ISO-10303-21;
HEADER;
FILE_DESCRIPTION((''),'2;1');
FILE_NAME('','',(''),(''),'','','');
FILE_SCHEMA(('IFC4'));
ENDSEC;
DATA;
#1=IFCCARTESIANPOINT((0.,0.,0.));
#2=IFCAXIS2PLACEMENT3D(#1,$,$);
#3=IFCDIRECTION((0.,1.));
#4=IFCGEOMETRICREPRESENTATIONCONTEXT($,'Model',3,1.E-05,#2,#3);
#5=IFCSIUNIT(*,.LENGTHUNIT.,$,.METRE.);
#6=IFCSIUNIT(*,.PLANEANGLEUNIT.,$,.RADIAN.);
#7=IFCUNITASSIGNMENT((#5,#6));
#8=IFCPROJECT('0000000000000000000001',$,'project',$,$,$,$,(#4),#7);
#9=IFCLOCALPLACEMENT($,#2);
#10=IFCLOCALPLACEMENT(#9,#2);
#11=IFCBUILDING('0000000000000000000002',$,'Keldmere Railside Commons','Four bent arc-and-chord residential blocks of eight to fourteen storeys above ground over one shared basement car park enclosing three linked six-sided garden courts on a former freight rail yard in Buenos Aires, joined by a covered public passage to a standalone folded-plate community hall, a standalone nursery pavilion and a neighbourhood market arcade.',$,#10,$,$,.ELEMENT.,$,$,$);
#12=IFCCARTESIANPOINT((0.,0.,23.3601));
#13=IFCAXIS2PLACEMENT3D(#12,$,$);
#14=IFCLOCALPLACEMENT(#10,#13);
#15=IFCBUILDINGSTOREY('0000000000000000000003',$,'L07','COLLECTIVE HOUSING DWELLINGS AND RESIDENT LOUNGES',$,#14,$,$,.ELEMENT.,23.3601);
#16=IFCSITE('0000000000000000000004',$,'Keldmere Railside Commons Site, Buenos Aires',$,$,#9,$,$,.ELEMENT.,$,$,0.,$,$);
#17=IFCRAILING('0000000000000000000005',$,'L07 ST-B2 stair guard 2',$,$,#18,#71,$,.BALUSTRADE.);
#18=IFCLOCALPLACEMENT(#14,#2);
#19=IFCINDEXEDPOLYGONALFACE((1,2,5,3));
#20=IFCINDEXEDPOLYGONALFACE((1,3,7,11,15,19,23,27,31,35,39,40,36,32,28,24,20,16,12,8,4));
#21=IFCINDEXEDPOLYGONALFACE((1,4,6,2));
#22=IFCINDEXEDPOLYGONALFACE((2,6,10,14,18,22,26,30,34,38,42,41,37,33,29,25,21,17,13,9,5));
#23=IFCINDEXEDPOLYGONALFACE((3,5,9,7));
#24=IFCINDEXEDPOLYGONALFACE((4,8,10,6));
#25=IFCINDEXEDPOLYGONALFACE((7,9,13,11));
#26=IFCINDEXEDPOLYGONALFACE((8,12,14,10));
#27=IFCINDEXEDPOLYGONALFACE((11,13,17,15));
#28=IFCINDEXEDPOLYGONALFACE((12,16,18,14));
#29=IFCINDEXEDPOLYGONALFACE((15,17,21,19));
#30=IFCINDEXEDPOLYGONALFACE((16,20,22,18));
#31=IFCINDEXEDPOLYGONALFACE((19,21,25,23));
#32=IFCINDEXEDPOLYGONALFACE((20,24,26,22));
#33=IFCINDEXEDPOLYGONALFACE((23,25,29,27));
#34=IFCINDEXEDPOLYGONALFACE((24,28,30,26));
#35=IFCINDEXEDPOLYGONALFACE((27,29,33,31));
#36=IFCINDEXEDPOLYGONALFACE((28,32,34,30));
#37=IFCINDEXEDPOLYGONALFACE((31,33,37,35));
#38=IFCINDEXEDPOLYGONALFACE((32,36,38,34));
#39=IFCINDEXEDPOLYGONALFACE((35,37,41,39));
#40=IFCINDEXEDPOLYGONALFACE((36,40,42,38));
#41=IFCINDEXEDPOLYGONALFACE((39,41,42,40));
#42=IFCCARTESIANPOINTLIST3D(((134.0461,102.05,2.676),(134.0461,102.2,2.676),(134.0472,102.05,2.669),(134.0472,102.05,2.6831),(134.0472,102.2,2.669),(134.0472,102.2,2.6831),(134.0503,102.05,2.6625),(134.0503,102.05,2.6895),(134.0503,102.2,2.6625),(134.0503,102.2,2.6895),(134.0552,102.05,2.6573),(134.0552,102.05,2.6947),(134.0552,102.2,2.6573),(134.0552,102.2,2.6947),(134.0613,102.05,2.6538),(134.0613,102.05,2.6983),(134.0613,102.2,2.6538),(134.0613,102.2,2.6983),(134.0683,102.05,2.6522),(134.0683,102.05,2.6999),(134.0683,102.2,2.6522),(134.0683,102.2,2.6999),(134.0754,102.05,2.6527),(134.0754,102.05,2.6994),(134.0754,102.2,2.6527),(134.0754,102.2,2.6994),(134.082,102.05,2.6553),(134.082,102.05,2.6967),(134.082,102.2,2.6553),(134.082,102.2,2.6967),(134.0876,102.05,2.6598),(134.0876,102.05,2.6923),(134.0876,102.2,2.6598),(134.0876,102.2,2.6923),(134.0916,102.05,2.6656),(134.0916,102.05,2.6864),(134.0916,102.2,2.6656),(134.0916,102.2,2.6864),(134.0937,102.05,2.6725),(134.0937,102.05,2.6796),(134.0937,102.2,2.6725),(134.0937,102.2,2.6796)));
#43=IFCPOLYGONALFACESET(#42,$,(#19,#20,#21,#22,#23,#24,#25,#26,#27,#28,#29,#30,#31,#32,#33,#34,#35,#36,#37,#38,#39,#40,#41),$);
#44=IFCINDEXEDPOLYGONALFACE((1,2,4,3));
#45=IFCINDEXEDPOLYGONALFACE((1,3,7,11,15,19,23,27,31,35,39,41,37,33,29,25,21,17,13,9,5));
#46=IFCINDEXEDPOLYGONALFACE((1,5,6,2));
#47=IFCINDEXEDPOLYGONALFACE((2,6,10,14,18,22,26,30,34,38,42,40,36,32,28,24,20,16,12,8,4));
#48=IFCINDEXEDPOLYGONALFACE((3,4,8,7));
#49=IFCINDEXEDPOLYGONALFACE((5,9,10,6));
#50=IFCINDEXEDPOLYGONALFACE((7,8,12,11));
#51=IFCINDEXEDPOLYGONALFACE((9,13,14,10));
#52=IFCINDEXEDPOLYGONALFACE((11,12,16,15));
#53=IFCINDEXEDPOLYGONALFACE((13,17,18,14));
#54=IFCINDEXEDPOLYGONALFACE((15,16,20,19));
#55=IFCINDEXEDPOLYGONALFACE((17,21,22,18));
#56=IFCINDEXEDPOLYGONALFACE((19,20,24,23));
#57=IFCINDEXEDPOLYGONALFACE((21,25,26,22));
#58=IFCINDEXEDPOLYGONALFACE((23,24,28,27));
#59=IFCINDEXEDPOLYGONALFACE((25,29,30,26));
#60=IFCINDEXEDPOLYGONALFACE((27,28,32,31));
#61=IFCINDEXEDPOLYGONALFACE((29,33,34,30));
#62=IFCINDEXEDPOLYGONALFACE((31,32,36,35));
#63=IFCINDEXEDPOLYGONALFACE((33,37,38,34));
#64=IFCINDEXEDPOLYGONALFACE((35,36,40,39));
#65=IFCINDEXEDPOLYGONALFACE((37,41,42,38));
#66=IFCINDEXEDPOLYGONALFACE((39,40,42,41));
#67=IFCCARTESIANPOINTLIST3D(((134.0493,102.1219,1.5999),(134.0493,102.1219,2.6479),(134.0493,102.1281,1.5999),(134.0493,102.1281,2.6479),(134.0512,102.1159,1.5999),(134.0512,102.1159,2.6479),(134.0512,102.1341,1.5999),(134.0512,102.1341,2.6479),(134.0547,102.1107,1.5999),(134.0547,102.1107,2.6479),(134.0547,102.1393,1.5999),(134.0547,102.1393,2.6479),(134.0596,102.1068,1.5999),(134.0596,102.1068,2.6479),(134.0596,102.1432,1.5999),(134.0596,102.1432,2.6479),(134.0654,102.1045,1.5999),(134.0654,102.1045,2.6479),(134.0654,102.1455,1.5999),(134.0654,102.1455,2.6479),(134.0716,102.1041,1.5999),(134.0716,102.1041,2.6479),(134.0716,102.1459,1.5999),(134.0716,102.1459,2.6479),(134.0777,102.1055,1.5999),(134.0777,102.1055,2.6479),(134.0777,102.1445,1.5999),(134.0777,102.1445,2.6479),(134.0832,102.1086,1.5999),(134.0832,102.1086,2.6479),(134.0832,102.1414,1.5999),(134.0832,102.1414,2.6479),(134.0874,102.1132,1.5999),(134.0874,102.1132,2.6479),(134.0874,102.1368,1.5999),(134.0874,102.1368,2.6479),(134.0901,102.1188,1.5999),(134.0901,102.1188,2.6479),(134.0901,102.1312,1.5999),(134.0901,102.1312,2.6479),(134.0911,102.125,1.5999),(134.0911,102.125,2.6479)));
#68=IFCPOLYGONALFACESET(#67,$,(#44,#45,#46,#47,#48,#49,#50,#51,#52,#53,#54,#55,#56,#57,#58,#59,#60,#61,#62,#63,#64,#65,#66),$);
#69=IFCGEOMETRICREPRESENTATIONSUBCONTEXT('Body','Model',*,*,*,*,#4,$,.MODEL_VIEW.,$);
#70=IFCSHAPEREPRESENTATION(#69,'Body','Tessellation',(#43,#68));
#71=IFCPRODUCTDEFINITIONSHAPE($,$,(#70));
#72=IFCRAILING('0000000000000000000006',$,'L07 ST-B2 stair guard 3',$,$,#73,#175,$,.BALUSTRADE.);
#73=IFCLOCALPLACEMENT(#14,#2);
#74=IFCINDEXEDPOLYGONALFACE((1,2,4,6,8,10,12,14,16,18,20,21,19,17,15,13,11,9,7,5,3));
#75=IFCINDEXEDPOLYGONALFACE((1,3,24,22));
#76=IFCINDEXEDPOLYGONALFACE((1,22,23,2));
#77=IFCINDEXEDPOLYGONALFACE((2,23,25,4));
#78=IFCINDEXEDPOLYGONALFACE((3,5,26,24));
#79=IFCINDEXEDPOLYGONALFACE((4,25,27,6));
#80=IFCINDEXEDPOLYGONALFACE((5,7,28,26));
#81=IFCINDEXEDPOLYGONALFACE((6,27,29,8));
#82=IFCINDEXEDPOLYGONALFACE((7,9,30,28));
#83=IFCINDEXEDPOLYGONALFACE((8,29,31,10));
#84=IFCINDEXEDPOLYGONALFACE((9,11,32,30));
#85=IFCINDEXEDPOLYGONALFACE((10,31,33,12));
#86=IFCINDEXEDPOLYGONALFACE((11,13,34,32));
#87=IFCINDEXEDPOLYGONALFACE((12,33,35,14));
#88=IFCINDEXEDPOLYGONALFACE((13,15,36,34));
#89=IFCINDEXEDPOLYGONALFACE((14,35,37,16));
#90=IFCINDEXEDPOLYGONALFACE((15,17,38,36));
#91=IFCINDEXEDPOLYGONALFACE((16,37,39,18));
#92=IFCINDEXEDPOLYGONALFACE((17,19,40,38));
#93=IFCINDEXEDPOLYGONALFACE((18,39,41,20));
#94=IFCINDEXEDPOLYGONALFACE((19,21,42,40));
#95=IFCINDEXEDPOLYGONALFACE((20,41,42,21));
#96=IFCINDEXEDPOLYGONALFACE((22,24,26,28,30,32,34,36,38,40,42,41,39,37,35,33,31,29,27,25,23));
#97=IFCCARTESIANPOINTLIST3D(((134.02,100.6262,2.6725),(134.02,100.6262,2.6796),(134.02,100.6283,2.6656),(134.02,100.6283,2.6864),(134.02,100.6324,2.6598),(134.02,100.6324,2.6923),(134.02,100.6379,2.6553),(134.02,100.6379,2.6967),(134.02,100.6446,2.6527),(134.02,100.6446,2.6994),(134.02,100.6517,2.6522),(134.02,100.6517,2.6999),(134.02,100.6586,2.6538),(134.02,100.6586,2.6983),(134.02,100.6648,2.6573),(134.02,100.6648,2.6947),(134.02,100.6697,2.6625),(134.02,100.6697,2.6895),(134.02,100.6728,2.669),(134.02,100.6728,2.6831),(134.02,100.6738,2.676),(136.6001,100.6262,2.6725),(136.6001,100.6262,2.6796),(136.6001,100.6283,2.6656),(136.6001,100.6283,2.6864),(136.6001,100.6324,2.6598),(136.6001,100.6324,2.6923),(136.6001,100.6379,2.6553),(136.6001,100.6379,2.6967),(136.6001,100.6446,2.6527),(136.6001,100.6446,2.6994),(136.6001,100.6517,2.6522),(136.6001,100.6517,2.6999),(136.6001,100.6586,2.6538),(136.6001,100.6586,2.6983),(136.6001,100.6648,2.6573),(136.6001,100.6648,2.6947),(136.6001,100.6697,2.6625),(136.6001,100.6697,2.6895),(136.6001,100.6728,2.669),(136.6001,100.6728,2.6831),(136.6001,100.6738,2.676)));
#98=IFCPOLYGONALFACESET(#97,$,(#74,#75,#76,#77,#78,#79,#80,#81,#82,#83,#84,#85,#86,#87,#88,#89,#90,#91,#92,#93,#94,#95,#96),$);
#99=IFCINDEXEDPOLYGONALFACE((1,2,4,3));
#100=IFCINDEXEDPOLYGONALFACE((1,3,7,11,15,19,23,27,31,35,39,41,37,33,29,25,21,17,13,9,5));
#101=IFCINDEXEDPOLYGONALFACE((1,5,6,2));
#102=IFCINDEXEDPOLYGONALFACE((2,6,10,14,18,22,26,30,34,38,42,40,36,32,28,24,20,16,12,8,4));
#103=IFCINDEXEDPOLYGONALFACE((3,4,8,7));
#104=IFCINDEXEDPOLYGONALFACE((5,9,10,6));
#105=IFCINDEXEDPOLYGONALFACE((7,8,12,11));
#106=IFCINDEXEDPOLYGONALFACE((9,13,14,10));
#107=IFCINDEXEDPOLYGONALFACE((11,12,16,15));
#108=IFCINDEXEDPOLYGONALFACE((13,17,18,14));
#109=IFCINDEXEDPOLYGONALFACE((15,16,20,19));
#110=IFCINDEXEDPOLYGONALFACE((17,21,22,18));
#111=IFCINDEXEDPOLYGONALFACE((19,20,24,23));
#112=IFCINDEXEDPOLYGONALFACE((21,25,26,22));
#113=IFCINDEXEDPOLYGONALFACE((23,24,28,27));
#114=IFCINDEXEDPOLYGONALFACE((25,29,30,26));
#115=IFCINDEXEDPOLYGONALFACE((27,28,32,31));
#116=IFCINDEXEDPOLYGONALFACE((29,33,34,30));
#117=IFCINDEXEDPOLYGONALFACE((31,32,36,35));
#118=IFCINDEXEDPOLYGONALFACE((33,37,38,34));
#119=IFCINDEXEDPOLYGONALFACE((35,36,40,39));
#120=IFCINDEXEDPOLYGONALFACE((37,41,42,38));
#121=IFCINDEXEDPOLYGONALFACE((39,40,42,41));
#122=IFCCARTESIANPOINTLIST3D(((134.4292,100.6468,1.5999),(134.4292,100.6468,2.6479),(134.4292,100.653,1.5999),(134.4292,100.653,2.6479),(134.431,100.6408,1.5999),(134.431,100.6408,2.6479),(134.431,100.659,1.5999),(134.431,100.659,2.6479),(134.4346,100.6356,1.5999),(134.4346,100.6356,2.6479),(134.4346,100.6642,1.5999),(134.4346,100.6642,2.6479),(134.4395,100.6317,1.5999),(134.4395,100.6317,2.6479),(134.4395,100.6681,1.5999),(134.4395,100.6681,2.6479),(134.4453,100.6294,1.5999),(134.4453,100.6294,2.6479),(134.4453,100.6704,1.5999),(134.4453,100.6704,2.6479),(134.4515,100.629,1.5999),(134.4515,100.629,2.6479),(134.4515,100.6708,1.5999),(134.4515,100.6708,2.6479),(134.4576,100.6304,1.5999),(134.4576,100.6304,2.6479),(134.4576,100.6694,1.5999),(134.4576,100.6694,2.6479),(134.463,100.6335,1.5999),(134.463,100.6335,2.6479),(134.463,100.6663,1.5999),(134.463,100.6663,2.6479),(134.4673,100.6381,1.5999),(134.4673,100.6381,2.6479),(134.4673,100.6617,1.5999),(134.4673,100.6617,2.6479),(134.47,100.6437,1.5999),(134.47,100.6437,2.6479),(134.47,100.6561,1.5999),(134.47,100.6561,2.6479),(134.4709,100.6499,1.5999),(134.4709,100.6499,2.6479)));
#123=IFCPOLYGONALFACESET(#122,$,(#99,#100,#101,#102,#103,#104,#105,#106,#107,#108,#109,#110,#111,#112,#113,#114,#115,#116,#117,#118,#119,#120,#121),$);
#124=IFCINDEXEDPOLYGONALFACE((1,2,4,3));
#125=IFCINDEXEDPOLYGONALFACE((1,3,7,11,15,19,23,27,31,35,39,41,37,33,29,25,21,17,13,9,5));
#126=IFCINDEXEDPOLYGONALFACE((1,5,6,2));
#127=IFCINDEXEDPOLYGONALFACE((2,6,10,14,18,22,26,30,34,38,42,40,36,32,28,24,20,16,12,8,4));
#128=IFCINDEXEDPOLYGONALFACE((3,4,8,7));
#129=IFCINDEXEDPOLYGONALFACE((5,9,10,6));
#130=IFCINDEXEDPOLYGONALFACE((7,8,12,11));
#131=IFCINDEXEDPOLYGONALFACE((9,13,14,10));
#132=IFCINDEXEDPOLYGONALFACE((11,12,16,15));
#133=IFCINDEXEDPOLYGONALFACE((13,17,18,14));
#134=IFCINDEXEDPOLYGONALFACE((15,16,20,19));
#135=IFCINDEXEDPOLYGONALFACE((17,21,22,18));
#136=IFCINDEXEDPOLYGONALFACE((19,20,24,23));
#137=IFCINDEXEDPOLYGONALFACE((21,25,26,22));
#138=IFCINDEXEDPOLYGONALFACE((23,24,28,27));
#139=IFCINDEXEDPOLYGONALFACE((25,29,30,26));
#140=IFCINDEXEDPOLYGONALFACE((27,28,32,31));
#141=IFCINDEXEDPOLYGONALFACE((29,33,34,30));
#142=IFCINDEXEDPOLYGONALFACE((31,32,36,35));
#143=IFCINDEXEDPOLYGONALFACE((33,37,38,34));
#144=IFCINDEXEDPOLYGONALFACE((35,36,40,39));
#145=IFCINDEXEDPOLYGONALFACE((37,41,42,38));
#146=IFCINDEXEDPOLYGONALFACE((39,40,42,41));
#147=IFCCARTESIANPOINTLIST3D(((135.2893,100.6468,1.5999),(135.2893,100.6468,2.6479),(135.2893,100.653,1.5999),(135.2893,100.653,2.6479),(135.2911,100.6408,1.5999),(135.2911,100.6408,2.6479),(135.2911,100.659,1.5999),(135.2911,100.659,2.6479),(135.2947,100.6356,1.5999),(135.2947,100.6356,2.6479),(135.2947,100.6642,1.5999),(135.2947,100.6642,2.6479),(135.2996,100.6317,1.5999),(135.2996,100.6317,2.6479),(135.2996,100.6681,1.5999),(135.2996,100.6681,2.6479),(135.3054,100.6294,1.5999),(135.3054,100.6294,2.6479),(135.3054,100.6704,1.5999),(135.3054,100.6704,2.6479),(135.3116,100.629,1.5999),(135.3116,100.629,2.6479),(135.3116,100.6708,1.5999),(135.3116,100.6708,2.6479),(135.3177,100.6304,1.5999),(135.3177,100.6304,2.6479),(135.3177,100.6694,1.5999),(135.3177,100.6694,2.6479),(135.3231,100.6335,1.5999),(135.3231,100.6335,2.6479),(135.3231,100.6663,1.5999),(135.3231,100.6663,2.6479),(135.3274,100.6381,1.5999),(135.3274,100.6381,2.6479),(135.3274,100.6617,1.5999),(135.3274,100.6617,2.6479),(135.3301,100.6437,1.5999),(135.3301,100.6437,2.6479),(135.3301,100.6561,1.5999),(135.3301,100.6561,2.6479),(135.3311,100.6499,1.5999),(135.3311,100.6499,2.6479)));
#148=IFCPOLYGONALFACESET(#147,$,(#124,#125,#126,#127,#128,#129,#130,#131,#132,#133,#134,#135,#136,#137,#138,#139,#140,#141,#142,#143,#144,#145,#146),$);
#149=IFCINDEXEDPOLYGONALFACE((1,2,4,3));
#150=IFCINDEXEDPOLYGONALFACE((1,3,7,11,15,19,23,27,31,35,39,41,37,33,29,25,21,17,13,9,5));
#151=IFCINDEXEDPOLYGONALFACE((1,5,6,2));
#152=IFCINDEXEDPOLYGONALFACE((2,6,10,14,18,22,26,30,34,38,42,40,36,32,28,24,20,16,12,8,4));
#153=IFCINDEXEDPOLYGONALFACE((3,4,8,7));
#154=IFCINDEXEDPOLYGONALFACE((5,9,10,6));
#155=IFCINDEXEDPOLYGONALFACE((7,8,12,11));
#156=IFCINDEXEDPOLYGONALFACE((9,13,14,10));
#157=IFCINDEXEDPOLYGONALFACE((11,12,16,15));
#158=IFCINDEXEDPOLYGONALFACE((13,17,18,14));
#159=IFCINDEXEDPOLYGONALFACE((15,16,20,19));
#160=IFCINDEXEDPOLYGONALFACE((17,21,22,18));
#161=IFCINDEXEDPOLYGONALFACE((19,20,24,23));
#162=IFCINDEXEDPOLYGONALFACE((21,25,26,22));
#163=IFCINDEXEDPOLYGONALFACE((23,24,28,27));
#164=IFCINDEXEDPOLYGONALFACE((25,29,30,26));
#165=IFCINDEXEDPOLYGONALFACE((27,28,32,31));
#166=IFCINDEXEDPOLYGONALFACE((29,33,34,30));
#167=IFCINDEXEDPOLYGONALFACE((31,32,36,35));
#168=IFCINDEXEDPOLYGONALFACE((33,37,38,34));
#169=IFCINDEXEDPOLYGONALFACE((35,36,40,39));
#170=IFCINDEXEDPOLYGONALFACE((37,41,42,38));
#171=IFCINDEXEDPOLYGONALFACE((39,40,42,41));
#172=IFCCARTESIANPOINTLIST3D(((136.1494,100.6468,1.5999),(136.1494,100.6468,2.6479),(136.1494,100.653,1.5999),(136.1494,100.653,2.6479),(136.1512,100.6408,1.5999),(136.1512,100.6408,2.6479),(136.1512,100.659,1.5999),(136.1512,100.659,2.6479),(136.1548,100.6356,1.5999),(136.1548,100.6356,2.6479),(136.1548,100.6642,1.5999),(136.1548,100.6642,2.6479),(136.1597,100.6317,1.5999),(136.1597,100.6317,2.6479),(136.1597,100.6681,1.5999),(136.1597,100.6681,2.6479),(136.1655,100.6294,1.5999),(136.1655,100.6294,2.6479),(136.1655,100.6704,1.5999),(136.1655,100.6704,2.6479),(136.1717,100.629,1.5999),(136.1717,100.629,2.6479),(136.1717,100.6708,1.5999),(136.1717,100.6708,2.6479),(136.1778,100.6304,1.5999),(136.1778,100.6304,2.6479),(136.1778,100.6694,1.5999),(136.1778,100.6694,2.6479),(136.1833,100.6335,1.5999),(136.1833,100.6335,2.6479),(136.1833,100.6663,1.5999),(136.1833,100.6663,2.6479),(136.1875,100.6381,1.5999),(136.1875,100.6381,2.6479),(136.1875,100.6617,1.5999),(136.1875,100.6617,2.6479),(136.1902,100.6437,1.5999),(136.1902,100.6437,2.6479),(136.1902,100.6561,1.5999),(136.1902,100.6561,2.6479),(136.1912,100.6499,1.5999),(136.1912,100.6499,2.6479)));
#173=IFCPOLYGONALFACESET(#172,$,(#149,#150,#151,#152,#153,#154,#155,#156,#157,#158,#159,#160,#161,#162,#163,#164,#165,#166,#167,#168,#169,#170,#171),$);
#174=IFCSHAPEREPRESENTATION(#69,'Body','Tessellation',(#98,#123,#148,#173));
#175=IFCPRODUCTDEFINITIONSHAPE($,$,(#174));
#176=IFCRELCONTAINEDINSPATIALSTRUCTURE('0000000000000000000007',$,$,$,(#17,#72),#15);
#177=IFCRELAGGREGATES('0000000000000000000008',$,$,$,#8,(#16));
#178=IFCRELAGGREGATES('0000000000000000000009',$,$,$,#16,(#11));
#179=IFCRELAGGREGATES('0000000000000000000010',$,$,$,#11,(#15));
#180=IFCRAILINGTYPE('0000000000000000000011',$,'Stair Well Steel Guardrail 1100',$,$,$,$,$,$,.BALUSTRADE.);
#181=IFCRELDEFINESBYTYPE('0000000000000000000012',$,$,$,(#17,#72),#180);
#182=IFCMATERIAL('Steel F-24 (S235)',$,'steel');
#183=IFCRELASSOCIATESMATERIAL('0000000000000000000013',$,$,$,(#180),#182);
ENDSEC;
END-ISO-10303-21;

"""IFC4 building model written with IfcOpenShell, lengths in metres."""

from ifc_helpers import new_model, si_unit, direction, frame, origin, origin_2d, place, context, subcontext, project, spatial, circle, extrude, material, type_object, element, save


model = new_model("IFC4")

# Units and contexts
model_context = context("Model", 3, precision=1e-05, world=origin(), true_north=direction((0.0, 1.0)))
body_context = subcontext(model_context, "Body", "Model", "MODEL_VIEW")
ifc_project = project(units=[si_unit("LENGTHUNIT", "METRE"), si_unit("PLANEANGLEUNIT", "RADIAN")], contexts=[model_context])

# Site, building, storey
site_placement = place(None, origin())
site = spatial("IfcSite", under=ifc_project, at=site_placement, Name="Keldmere Railside Commons Site, Buenos Aires", CompositionType="ELEMENT", RefElevation=0.0)
building_placement = place(site_placement, origin())
building = spatial("IfcBuilding", under=site, at=building_placement, Name="Keldmere Railside Commons", Description="Four bent arc-and-chord residential blocks of eight to fourteen storeys above ground over one shared basement car park enclosing three linked six-sided garden courts on a former freight rail yard in Buenos Aires, joined by a covered public passage to a standalone folded-plate community hall, a standalone nursery pavilion and a neighbourhood market arcade.", CompositionType="ELEMENT")
storey_placement = place(building_placement, frame((0.0, 0.0, 23.3601)))
storey = spatial("IfcBuildingStorey", under=building, at=storey_placement, Name="L07", Description="COLLECTIVE HOUSING DWELLINGS AND RESIDENT LOUNGES", CompositionType="ELEMENT", Elevation=23.3601)

# Shared definitions
ifc_material_1 = material(Name="Steel F-24 (S235)", Category="steel")

# Railings
railing_type_1 = type_object("IfcRailingType", Name="Stair Well Steel Guardrail 1100", PredefinedType="BALUSTRADE", material=ifc_material_1)
railing_1_placement = place(storey_placement, frame((134.0701, 102.05, 1.5999)))
element("IfcRailing", 1, at=railing_1_placement, inside=storey, type_object=railing_type_1, Name="L07 ST-B2 stair guard 2", PredefinedType="BALUSTRADE", context=body_context, shape_type="SweptSolid", body=[
    extrude(circle(Radius=0.0239, at=origin_2d()), frame((0.0, 0.0, 1.0762), z_axis=(0.0, 1.0, 0.0), x_axis=(-1.0, 0.0, 0.0)), (0.0, 0.0, 1.0), 0.1499),
    extrude(circle(Radius=0.021, at=origin_2d()), frame((0.0, 0.075, 0.0)), (0.0, 0.0, 1.0), 1.0481),
])
for number, where, name in (
    (2, (134.02, 100.6499, 1.5999), "L07 ST-B2 stair guard 3"),
):
    element("IfcRailing", number, at=place(storey_placement, frame(where)), inside=storey, type_object=railing_type_1, Name=name, PredefinedType="BALUSTRADE", context=body_context, shape_type="SweptSolid", body=[
        extrude(circle(Radius=0.0239, at=origin_2d()), frame((0.0, 0.0, 1.0762), z_axis=(1.0, 0.0, 0.0), x_axis=(0.0, 1.0, 0.0)), (0.0, 0.0, 1.0), 2.5801),
        extrude(circle(Radius=0.021, at=origin_2d()), frame((0.4299, 0.0, 0.0)), (0.0, 0.0, 1.0), 1.0481),
        extrude(circle(Radius=0.021, at=origin_2d()), frame((1.29, 0.0, 0.0)), (0.0, 0.0, 1.0), 1.0481),
        extrude(circle(Radius=0.021, at=origin_2d()), frame((2.1501, 0.0, 0.0)), (0.0, 0.0, 1.0), 1.0481),
    ])

save(model, "model.ifc")
